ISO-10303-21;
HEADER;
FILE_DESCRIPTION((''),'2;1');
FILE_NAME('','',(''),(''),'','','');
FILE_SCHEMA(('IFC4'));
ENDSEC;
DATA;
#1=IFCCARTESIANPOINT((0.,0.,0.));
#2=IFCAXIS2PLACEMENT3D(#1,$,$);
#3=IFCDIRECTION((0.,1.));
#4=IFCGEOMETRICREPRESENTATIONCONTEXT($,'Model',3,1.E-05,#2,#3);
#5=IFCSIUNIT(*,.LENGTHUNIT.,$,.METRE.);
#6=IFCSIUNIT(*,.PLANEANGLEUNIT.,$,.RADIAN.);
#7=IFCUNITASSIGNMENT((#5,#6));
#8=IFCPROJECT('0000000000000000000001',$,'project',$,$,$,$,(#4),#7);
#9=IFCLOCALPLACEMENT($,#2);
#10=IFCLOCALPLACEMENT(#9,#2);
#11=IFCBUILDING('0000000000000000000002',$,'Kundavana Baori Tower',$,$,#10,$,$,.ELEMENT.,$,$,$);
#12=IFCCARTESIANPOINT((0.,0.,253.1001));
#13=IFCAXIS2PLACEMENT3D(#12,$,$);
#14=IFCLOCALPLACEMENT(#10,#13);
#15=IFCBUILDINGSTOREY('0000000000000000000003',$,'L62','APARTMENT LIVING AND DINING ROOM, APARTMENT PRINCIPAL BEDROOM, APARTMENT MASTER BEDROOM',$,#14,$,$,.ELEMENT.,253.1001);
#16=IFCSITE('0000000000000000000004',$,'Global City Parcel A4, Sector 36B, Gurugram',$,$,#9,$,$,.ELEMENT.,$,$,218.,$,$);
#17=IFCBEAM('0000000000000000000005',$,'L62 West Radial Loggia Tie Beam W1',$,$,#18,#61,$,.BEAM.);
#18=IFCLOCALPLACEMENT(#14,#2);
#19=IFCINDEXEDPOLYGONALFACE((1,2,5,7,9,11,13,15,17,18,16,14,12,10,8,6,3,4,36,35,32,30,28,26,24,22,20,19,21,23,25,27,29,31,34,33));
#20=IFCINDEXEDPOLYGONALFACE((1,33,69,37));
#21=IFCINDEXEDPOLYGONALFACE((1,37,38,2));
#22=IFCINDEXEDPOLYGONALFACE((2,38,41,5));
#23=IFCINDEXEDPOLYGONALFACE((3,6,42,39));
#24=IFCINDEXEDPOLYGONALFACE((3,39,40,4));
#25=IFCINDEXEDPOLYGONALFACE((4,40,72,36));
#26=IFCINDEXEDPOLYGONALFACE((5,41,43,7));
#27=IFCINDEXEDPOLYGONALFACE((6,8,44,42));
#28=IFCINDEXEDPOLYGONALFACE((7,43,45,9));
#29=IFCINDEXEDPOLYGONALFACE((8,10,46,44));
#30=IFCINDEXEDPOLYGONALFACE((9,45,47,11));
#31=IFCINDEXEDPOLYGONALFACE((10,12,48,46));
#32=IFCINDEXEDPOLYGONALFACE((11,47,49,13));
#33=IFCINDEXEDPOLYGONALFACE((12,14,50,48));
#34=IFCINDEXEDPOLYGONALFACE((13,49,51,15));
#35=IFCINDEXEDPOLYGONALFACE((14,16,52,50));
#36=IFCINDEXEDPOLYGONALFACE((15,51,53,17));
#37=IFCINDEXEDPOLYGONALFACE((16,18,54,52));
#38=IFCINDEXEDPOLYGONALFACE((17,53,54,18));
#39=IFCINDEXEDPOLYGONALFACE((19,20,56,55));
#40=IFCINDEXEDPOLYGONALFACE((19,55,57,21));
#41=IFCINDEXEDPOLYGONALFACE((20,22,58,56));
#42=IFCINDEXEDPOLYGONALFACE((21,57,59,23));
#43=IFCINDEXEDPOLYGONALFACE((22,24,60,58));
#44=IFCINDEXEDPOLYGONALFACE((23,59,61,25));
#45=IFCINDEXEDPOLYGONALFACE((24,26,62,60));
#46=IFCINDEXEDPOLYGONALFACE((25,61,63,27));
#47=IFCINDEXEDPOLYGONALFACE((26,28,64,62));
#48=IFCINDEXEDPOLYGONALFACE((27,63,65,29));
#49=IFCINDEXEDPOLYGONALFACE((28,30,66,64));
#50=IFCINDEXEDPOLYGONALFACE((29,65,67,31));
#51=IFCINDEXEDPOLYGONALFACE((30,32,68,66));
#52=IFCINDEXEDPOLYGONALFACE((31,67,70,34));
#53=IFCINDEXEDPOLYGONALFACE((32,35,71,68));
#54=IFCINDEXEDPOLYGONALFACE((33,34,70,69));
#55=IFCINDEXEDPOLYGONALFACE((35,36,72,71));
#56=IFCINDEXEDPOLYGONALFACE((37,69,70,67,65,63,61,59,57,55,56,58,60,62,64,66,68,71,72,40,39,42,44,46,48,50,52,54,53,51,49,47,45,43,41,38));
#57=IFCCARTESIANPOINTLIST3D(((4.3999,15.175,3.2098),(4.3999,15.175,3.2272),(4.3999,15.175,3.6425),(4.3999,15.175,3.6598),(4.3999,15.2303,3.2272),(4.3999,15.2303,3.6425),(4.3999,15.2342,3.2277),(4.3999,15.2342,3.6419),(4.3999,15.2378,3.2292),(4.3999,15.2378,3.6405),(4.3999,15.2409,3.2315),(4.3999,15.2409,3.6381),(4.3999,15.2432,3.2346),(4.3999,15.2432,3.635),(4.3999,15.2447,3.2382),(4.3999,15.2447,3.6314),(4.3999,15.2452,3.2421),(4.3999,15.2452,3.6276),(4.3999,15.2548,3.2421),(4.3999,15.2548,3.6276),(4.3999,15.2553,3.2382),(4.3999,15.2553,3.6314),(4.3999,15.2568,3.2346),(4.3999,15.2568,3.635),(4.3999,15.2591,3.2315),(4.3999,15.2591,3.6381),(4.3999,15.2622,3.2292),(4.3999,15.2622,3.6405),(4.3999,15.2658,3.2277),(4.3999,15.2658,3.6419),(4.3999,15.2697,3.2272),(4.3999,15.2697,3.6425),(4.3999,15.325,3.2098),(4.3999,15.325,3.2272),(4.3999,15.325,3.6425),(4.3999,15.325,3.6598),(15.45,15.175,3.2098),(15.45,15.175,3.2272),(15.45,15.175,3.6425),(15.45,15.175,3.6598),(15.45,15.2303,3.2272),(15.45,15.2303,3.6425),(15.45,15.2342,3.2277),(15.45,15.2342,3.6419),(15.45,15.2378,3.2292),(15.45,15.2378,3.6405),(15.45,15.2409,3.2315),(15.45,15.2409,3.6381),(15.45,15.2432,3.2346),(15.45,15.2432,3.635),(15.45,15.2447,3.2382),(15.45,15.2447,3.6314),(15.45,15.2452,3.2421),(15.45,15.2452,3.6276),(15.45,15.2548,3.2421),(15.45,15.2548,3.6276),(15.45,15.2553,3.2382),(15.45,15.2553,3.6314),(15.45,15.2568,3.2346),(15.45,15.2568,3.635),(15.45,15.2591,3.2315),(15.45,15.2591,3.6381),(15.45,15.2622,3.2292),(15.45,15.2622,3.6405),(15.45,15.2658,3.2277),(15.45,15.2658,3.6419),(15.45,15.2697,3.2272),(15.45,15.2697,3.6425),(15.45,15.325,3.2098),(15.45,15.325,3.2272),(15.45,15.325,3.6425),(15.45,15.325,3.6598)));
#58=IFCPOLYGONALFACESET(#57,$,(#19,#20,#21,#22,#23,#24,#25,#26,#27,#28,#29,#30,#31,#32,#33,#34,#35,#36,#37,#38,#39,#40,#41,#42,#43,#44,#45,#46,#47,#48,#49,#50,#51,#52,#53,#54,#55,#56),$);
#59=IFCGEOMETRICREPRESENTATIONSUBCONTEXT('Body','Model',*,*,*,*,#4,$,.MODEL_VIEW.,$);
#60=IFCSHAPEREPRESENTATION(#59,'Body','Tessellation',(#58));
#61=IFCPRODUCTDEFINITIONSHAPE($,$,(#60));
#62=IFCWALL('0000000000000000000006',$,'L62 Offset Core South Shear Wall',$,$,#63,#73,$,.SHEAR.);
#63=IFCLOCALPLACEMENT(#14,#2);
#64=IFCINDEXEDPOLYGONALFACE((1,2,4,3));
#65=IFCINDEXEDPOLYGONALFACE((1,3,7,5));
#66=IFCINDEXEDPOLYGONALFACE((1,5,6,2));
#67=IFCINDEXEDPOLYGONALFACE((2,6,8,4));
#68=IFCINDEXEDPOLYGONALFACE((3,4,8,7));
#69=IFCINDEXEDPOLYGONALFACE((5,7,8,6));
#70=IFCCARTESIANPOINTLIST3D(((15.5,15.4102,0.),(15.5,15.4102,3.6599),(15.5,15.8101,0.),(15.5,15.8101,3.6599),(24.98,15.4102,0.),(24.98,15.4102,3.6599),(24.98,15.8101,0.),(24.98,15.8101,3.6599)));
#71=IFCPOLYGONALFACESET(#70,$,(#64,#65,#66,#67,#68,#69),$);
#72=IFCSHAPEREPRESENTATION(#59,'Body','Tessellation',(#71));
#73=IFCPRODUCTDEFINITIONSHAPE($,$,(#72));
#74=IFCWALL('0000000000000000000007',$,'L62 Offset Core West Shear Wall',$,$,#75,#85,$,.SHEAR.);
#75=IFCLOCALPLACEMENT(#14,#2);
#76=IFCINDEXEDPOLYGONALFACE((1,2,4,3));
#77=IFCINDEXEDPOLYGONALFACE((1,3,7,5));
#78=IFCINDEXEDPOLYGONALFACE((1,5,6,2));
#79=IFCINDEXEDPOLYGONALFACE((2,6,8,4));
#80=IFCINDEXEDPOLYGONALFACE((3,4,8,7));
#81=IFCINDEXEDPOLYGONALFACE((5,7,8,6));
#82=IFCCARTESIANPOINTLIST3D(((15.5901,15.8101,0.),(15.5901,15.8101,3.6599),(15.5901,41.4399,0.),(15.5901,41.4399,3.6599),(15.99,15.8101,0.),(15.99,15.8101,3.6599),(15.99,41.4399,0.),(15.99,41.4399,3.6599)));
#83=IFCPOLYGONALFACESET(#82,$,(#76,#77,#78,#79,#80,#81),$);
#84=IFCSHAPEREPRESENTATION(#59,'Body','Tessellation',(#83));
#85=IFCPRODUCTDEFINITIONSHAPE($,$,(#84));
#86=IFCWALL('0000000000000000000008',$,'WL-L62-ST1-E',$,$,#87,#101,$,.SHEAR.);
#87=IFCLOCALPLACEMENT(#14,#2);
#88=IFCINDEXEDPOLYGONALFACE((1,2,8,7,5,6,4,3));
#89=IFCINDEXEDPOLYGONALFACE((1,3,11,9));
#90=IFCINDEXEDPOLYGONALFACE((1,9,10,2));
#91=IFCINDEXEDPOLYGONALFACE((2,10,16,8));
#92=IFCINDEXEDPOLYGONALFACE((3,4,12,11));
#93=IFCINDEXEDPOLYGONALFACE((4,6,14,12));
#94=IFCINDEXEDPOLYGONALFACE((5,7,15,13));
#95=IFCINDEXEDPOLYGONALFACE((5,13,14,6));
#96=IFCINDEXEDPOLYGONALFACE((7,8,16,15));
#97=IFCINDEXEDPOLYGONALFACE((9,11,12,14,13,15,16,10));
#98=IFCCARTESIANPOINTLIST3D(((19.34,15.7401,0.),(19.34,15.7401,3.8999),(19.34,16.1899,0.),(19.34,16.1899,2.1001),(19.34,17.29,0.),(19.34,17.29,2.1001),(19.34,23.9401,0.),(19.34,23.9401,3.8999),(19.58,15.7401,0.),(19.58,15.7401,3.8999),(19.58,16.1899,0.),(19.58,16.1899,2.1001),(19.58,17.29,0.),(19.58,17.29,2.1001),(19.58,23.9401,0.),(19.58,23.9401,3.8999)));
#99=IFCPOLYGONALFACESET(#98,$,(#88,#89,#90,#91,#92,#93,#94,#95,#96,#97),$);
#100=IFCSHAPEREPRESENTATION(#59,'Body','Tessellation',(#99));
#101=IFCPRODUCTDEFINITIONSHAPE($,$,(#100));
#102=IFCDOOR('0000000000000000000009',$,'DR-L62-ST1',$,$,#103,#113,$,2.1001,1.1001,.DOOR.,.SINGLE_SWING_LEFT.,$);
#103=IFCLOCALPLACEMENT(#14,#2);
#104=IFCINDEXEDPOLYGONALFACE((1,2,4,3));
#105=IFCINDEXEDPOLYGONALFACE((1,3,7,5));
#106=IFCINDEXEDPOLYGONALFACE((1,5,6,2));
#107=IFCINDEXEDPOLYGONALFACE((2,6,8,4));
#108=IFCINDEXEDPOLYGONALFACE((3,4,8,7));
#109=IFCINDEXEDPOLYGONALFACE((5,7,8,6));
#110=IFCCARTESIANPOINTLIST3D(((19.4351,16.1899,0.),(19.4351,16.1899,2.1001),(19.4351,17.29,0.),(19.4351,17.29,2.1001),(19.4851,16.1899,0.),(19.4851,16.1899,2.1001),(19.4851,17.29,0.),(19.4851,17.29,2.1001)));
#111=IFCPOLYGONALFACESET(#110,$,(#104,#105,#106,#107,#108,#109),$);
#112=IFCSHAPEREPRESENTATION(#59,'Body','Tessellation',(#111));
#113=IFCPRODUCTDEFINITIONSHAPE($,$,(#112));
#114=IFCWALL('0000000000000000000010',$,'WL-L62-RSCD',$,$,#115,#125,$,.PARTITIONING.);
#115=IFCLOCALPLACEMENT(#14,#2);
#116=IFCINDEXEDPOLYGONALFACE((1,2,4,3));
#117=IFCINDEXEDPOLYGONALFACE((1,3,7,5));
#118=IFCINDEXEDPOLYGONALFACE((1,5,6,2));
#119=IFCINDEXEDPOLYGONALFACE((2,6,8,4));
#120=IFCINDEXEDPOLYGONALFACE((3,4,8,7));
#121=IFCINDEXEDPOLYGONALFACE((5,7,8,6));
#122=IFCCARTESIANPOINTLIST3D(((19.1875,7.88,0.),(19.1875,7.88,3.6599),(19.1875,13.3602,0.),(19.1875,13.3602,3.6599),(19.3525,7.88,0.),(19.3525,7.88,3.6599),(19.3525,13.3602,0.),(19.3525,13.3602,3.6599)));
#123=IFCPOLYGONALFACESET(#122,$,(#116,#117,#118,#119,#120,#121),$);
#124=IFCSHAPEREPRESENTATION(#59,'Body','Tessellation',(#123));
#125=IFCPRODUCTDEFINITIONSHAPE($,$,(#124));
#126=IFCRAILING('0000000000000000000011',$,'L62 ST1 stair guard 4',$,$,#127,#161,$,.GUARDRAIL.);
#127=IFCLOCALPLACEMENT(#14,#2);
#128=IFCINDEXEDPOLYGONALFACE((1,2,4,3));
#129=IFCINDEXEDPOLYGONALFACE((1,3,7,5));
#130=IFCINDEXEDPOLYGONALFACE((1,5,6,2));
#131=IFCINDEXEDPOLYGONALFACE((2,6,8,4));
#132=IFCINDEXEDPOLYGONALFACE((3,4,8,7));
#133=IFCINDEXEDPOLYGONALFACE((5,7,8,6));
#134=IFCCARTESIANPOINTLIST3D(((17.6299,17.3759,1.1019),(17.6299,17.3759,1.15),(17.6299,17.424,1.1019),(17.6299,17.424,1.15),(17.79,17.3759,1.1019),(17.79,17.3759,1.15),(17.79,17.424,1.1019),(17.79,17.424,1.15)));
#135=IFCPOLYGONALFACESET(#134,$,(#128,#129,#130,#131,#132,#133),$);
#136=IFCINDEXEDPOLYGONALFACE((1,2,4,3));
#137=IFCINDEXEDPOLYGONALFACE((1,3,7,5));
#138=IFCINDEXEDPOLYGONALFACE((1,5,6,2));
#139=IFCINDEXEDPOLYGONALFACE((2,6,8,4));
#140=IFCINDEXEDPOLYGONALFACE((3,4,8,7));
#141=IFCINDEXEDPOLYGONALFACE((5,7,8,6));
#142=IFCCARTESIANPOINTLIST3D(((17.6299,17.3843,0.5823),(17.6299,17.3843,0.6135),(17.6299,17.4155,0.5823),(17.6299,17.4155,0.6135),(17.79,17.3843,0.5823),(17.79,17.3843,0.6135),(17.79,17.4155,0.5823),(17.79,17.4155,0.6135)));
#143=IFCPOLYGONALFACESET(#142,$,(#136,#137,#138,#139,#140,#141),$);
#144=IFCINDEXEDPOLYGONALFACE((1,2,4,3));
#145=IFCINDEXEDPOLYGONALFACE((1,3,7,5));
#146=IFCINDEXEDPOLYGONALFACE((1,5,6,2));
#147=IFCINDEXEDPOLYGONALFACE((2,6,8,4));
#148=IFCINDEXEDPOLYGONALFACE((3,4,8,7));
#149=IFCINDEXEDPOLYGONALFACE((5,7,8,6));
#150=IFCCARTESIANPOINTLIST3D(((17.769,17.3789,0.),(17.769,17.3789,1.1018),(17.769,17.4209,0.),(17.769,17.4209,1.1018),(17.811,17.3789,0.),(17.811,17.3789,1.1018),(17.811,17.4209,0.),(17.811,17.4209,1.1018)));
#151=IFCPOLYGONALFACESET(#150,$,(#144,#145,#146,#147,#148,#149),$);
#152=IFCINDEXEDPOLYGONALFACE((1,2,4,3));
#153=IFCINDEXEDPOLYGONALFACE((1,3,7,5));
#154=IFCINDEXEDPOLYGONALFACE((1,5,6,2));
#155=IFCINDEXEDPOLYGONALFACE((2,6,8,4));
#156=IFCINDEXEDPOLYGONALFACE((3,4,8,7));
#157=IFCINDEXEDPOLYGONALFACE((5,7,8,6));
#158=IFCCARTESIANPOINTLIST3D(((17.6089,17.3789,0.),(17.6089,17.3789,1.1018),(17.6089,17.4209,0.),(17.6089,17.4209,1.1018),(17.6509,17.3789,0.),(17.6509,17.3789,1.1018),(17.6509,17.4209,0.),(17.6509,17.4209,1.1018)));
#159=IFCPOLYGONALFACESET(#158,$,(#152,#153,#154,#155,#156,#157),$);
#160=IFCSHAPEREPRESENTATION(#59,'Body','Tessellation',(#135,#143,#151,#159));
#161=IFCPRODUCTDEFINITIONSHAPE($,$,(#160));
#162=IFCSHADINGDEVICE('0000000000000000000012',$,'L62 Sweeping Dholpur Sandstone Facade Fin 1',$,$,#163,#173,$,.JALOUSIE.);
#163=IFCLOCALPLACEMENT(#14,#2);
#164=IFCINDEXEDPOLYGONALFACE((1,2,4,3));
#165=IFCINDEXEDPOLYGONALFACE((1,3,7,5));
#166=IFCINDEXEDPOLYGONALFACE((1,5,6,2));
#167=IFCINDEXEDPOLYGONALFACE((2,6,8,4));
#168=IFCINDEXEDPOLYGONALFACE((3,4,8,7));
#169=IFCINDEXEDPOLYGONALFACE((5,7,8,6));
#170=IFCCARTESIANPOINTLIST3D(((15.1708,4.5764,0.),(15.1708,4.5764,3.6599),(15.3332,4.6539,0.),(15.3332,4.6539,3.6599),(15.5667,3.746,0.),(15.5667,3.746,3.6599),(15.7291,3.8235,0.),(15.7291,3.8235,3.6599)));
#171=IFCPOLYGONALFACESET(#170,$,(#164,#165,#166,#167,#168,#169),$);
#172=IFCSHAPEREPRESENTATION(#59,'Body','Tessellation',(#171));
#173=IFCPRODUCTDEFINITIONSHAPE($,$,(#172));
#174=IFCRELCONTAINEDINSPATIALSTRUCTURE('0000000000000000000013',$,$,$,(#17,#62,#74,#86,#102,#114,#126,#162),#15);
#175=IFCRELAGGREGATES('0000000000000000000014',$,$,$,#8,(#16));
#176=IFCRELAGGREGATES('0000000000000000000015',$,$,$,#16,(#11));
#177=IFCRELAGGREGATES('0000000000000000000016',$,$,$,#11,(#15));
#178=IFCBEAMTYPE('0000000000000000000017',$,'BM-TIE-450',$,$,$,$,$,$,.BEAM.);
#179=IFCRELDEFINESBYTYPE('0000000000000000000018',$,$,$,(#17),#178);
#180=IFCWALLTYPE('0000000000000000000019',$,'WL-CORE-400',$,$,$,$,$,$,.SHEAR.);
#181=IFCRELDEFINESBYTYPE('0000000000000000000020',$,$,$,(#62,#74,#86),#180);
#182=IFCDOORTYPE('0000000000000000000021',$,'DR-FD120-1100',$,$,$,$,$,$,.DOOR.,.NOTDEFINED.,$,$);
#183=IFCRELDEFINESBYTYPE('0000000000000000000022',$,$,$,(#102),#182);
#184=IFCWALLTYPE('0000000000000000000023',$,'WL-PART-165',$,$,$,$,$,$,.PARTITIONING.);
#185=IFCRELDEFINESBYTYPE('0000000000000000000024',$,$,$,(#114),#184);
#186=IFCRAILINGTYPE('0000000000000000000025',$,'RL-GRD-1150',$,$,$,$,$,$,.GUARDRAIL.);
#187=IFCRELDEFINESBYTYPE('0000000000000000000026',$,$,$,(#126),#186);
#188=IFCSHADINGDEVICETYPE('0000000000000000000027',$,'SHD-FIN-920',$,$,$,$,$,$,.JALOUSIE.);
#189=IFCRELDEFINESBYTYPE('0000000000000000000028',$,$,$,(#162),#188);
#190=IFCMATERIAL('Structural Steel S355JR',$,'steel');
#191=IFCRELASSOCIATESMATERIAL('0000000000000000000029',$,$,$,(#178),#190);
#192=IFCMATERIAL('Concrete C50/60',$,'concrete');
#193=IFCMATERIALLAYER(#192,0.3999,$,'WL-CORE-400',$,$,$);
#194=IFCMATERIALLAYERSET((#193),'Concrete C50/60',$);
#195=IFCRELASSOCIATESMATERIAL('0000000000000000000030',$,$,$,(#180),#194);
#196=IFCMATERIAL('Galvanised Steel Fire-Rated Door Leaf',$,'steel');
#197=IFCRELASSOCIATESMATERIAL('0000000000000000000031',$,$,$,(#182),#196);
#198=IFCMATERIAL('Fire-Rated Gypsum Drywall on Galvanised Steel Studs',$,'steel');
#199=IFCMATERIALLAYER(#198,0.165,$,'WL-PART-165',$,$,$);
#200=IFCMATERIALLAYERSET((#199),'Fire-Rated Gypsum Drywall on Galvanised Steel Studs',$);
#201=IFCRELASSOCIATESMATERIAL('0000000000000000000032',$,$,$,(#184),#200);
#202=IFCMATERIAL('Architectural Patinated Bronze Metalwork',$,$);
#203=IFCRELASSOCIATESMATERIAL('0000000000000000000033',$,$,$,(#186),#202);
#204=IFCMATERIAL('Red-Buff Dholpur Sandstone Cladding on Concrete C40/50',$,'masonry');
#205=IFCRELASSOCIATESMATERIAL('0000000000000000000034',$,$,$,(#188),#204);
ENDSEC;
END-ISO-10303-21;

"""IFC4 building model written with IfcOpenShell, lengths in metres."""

from ifc_helpers import new_model, si_unit, direction, frame, frame_2d, origin, origin_2d, place, context, subcontext, project, spatial, rectangle, i_section, extrude, material, layer, layer_set, material_profile, profile_set, type_object, element, fill, save


model = new_model("IFC4")

# Units and contexts
model_context = context("Model", 3, precision=1e-05, world=origin(), true_north=direction((0.0, 1.0)))
body_context = subcontext(model_context, "Body", "Model", "MODEL_VIEW")
ifc_project = project(units=[si_unit("LENGTHUNIT", "METRE"), si_unit("PLANEANGLEUNIT", "RADIAN")], contexts=[model_context])

# Site, building, storey
site_placement = place(None, origin())
site = spatial("IfcSite", under=ifc_project, at=site_placement, Name="Global City Parcel A4, Sector 36B, Gurugram", CompositionType="ELEMENT", RefElevation=218.0)
building_placement = place(site_placement, origin())
building = spatial("IfcBuilding", under=site, at=building_placement, Name="Kundavana Baori Tower", CompositionType="ELEMENT")
storey_placement = place(building_placement, frame((0.0, 0.0, 253.1001)))
storey = spatial("IfcBuildingStorey", under=building, at=storey_placement, Name="L62", Description="APARTMENT LIVING AND DINING ROOM, APARTMENT PRINCIPAL BEDROOM, APARTMENT MASTER BEDROOM", CompositionType="ELEMENT", Elevation=253.1001)

# Beam
ifc_material_1 = material(Name="Structural Steel S355JR", Category="steel")
ifc_material_profile_1 = material_profile(ifc_material_1, i_section(OverallWidth=0.1499, OverallDepth=0.45, WebThickness=0.0095, FlangeThickness=0.0173, FilletRadius=0.0149, at=origin_2d()), Name="ISMB 450")
ifc_profile_set_1 = profile_set([ifc_material_profile_1], Name="Structural Steel S355JR")
beam_type_1 = type_object("IfcBeamType", Name="BM-TIE-450", PredefinedType="BEAM", material=ifc_profile_set_1)
for number, where, z_axis, x_axis, name in (
    (1, (15.45, 15.25, 3.4348), (-1.0, 0.0, 0.0), (0.0, -1.0, 0.0), "L62 West Radial Loggia Tie Beam W1"),
):
    element("IfcBeam", number, at=place(storey_placement, frame(where, z_axis=z_axis, x_axis=x_axis)), inside=storey, type_object=beam_type_1, Name=name, PredefinedType="BEAM", context=body_context, shape_type="SweptSolid", body=[
        extrude(i_section(OverallWidth=0.1499, OverallDepth=0.45, WebThickness=0.0095, FlangeThickness=0.0173, FilletRadius=0.0149, at=origin_2d()), origin(), (0.0, 0.0, 1.0), 11.05),
    ])

# Walls
ifc_material_2 = material(Name="Concrete C50/60", Category="concrete")
ifc_layer_1 = layer(ifc_material_2, 0.3999, Name="WL-CORE-400")
ifc_layer_set_1 = layer_set([ifc_layer_1], Name="Concrete C50/60")
wall_type_1 = type_object("IfcWallType", Name="WL-CORE-400", PredefinedType="SHEAR", material=ifc_layer_set_1)
wall_1_placement = place(storey_placement, frame((15.5, 15.6101, 0.0), z_axis=(0.0, 0.0, 1.0), x_axis=(1.0, 0.0, 0.0)))
element("IfcWall", 2, at=wall_1_placement, inside=storey, type_object=wall_type_1, Name="L62 Offset Core South Shear Wall", PredefinedType="SHEAR", context=body_context, shape_type="SweptSolid", body=[
    extrude(rectangle(XDim=9.48, YDim=0.3999, at=frame_2d((4.74, 0.0))), origin(), (0.0, 0.0, 1.0), 3.6599),
])
wall_2_placement = place(storey_placement, frame((15.79, 15.8101, 0.0), z_axis=(0.0, 0.0, 1.0), x_axis=(0.0, 1.0, 0.0)))
element("IfcWall", 3, at=wall_2_placement, inside=storey, type_object=wall_type_1, Name="L62 Offset Core West Shear Wall", PredefinedType="SHEAR", context=body_context, shape_type="SweptSolid", body=[
    extrude(rectangle(XDim=25.6299, YDim=0.3999, at=frame_2d((12.8149, 0.0))), origin(), (0.0, 0.0, 1.0), 3.6599),
])

# Wall, opening, door
wall_3_placement = place(storey_placement, frame((19.46, 15.74, 0.0), z_axis=(0.0, 0.0, 1.0), x_axis=(0.0, 1.0, 0.0)))
wall_3 = element("IfcWall", 4, at=wall_3_placement, inside=storey, type_object=wall_type_1, Name="WL-L62-ST1-E", PredefinedType="SHEAR", context=body_context, shape_type="SweptSolid", body=[
    extrude(rectangle(XDim=8.2, YDim=0.24, at=frame_2d((4.1001, 0.0))), origin(), (0.0, 0.0, 1.0), 3.8999),
])
opening_1_placement = place(wall_3_placement, frame((0.45, 0.0, 0.0)))
opening_1 = element("IfcOpeningElement", 5, at=opening_1_placement, cuts=wall_3, PredefinedType="OPENING", context=body_context, shape_type="SweptSolid", body=[
    extrude(rectangle(XDim=1.1001, YDim=2.1001, at=frame_2d((0.55, 1.05))), frame((0.0, 0.1299, 0.0), z_axis=(0.0, -1.0, 0.0), x_axis=(1.0, 0.0, 0.0)), (0.0, 0.0, 1.0), 0.26),
])
ifc_material_3 = material(Name="Galvanised Steel Fire-Rated Door Leaf", Category="steel")
door_type_1 = type_object("IfcDoorType", Name="DR-FD120-1100", OperationType="NOTDEFINED", PredefinedType="DOOR", material=ifc_material_3)
door_1_placement = place(opening_1_placement, origin())
door_1 = element("IfcDoor", 6, at=door_1_placement, inside=storey, type_object=door_type_1, Name="DR-L62-ST1", OperationType="SINGLE_SWING_LEFT", OverallHeight=2.1001, OverallWidth=1.1001, PredefinedType="DOOR", context=body_context, shape_type="SweptSolid", body=[
    extrude(rectangle(XDim=1.1001, YDim=2.1001, at=frame_2d((0.55, 1.05))), frame((0.0, 0.0249, 0.0), z_axis=(0.0, -1.0, 0.0), x_axis=(1.0, 0.0, 0.0)), (0.0, 0.0, 1.0), 0.05),
])
fill(opening_1, door_1)

# Wall
ifc_material_4 = material(Name="Fire-Rated Gypsum Drywall on Galvanised Steel Studs", Category="steel")
ifc_layer_2 = layer(ifc_material_4, 0.165, Name="WL-PART-165")
ifc_layer_set_2 = layer_set([ifc_layer_2], Name="Fire-Rated Gypsum Drywall on Galvanised Steel Studs")
wall_type_2 = type_object("IfcWallType", Name="WL-PART-165", PredefinedType="PARTITIONING", material=ifc_layer_set_2)
wall_4_placement = place(storey_placement, frame((19.27, 7.8799, 0.0), z_axis=(0.0, 0.0, 1.0), x_axis=(0.0, 1.0, 0.0)))
element("IfcWall", 7, at=wall_4_placement, inside=storey, type_object=wall_type_2, Name="WL-L62-RSCD", PredefinedType="PARTITIONING", context=body_context, shape_type="SweptSolid", body=[
    extrude(rectangle(XDim=5.4802, YDim=0.165, at=frame_2d((2.7402, 0.0))), origin(), (0.0, 0.0, 1.0), 3.6599),
])

# Railing
ifc_material_5 = material(Name="Architectural Patinated Bronze Metalwork")
railing_type = type_object("IfcRailingType", Name="RL-GRD-1150", PredefinedType="GUARDRAIL", material=ifc_material_5)
railing_placement = place(storey_placement, frame((17.79, 17.3999, 0.0)))
element("IfcRailing", 8, at=railing_placement, inside=storey, type_object=railing_type, Name="L62 ST1 stair guard 4", PredefinedType="GUARDRAIL", context=body_context, shape_type="SweptSolid", body=[
    extrude(rectangle(XDim=0.0481, YDim=0.0481, at=origin_2d()), frame((0.0, 0.0, 1.126), z_axis=(-1.0, 0.0, 0.0), x_axis=(0.0, -1.0, 0.0)), (0.0, 0.0, 1.0), 0.1602),
    extrude(rectangle(XDim=0.0312, YDim=0.0312, at=origin_2d()), frame((0.0, 0.0, 0.5979), z_axis=(-1.0, 0.0, 0.0), x_axis=(0.0, -1.0, 0.0)), (0.0, 0.0, 1.0), 0.1602),
    extrude(rectangle(XDim=0.042, YDim=0.042, at=origin_2d()), origin(), (0.0, 0.0, 1.0), 1.1018),
    extrude(rectangle(XDim=0.042, YDim=0.042, at=origin_2d()), frame((-0.1602, 0.0, 0.0)), (0.0, 0.0, 1.0), 1.1018),
])

# Shading device
ifc_material_6 = material(Name="Red-Buff Dholpur Sandstone Cladding on Concrete C40/50", Category="masonry")
shading_device_type = type_object("IfcShadingDeviceType", Name="SHD-FIN-920", PredefinedType="JALOUSIE", material=ifc_material_6)
shading_device_placement = place(storey_placement, frame((15.45, 4.2, 0.0), z_axis=(0.0, 0.0, 1.0), x_axis=(0.90266, 0.430354, 0.0)))
element("IfcShadingDevice", 9, at=shading_device_placement, inside=storey, type_object=shading_device_type, Name="L62 Sweeping Dholpur Sandstone Facade Fin 1", PredefinedType="JALOUSIE", context=body_context, shape_type="SweptSolid", body=[
    extrude(rectangle(XDim=0.1799, YDim=0.9199, at=origin_2d()), origin(), (0.0, 0.0, 1.0), 3.6599),
])

save(model, "model.ifc")
